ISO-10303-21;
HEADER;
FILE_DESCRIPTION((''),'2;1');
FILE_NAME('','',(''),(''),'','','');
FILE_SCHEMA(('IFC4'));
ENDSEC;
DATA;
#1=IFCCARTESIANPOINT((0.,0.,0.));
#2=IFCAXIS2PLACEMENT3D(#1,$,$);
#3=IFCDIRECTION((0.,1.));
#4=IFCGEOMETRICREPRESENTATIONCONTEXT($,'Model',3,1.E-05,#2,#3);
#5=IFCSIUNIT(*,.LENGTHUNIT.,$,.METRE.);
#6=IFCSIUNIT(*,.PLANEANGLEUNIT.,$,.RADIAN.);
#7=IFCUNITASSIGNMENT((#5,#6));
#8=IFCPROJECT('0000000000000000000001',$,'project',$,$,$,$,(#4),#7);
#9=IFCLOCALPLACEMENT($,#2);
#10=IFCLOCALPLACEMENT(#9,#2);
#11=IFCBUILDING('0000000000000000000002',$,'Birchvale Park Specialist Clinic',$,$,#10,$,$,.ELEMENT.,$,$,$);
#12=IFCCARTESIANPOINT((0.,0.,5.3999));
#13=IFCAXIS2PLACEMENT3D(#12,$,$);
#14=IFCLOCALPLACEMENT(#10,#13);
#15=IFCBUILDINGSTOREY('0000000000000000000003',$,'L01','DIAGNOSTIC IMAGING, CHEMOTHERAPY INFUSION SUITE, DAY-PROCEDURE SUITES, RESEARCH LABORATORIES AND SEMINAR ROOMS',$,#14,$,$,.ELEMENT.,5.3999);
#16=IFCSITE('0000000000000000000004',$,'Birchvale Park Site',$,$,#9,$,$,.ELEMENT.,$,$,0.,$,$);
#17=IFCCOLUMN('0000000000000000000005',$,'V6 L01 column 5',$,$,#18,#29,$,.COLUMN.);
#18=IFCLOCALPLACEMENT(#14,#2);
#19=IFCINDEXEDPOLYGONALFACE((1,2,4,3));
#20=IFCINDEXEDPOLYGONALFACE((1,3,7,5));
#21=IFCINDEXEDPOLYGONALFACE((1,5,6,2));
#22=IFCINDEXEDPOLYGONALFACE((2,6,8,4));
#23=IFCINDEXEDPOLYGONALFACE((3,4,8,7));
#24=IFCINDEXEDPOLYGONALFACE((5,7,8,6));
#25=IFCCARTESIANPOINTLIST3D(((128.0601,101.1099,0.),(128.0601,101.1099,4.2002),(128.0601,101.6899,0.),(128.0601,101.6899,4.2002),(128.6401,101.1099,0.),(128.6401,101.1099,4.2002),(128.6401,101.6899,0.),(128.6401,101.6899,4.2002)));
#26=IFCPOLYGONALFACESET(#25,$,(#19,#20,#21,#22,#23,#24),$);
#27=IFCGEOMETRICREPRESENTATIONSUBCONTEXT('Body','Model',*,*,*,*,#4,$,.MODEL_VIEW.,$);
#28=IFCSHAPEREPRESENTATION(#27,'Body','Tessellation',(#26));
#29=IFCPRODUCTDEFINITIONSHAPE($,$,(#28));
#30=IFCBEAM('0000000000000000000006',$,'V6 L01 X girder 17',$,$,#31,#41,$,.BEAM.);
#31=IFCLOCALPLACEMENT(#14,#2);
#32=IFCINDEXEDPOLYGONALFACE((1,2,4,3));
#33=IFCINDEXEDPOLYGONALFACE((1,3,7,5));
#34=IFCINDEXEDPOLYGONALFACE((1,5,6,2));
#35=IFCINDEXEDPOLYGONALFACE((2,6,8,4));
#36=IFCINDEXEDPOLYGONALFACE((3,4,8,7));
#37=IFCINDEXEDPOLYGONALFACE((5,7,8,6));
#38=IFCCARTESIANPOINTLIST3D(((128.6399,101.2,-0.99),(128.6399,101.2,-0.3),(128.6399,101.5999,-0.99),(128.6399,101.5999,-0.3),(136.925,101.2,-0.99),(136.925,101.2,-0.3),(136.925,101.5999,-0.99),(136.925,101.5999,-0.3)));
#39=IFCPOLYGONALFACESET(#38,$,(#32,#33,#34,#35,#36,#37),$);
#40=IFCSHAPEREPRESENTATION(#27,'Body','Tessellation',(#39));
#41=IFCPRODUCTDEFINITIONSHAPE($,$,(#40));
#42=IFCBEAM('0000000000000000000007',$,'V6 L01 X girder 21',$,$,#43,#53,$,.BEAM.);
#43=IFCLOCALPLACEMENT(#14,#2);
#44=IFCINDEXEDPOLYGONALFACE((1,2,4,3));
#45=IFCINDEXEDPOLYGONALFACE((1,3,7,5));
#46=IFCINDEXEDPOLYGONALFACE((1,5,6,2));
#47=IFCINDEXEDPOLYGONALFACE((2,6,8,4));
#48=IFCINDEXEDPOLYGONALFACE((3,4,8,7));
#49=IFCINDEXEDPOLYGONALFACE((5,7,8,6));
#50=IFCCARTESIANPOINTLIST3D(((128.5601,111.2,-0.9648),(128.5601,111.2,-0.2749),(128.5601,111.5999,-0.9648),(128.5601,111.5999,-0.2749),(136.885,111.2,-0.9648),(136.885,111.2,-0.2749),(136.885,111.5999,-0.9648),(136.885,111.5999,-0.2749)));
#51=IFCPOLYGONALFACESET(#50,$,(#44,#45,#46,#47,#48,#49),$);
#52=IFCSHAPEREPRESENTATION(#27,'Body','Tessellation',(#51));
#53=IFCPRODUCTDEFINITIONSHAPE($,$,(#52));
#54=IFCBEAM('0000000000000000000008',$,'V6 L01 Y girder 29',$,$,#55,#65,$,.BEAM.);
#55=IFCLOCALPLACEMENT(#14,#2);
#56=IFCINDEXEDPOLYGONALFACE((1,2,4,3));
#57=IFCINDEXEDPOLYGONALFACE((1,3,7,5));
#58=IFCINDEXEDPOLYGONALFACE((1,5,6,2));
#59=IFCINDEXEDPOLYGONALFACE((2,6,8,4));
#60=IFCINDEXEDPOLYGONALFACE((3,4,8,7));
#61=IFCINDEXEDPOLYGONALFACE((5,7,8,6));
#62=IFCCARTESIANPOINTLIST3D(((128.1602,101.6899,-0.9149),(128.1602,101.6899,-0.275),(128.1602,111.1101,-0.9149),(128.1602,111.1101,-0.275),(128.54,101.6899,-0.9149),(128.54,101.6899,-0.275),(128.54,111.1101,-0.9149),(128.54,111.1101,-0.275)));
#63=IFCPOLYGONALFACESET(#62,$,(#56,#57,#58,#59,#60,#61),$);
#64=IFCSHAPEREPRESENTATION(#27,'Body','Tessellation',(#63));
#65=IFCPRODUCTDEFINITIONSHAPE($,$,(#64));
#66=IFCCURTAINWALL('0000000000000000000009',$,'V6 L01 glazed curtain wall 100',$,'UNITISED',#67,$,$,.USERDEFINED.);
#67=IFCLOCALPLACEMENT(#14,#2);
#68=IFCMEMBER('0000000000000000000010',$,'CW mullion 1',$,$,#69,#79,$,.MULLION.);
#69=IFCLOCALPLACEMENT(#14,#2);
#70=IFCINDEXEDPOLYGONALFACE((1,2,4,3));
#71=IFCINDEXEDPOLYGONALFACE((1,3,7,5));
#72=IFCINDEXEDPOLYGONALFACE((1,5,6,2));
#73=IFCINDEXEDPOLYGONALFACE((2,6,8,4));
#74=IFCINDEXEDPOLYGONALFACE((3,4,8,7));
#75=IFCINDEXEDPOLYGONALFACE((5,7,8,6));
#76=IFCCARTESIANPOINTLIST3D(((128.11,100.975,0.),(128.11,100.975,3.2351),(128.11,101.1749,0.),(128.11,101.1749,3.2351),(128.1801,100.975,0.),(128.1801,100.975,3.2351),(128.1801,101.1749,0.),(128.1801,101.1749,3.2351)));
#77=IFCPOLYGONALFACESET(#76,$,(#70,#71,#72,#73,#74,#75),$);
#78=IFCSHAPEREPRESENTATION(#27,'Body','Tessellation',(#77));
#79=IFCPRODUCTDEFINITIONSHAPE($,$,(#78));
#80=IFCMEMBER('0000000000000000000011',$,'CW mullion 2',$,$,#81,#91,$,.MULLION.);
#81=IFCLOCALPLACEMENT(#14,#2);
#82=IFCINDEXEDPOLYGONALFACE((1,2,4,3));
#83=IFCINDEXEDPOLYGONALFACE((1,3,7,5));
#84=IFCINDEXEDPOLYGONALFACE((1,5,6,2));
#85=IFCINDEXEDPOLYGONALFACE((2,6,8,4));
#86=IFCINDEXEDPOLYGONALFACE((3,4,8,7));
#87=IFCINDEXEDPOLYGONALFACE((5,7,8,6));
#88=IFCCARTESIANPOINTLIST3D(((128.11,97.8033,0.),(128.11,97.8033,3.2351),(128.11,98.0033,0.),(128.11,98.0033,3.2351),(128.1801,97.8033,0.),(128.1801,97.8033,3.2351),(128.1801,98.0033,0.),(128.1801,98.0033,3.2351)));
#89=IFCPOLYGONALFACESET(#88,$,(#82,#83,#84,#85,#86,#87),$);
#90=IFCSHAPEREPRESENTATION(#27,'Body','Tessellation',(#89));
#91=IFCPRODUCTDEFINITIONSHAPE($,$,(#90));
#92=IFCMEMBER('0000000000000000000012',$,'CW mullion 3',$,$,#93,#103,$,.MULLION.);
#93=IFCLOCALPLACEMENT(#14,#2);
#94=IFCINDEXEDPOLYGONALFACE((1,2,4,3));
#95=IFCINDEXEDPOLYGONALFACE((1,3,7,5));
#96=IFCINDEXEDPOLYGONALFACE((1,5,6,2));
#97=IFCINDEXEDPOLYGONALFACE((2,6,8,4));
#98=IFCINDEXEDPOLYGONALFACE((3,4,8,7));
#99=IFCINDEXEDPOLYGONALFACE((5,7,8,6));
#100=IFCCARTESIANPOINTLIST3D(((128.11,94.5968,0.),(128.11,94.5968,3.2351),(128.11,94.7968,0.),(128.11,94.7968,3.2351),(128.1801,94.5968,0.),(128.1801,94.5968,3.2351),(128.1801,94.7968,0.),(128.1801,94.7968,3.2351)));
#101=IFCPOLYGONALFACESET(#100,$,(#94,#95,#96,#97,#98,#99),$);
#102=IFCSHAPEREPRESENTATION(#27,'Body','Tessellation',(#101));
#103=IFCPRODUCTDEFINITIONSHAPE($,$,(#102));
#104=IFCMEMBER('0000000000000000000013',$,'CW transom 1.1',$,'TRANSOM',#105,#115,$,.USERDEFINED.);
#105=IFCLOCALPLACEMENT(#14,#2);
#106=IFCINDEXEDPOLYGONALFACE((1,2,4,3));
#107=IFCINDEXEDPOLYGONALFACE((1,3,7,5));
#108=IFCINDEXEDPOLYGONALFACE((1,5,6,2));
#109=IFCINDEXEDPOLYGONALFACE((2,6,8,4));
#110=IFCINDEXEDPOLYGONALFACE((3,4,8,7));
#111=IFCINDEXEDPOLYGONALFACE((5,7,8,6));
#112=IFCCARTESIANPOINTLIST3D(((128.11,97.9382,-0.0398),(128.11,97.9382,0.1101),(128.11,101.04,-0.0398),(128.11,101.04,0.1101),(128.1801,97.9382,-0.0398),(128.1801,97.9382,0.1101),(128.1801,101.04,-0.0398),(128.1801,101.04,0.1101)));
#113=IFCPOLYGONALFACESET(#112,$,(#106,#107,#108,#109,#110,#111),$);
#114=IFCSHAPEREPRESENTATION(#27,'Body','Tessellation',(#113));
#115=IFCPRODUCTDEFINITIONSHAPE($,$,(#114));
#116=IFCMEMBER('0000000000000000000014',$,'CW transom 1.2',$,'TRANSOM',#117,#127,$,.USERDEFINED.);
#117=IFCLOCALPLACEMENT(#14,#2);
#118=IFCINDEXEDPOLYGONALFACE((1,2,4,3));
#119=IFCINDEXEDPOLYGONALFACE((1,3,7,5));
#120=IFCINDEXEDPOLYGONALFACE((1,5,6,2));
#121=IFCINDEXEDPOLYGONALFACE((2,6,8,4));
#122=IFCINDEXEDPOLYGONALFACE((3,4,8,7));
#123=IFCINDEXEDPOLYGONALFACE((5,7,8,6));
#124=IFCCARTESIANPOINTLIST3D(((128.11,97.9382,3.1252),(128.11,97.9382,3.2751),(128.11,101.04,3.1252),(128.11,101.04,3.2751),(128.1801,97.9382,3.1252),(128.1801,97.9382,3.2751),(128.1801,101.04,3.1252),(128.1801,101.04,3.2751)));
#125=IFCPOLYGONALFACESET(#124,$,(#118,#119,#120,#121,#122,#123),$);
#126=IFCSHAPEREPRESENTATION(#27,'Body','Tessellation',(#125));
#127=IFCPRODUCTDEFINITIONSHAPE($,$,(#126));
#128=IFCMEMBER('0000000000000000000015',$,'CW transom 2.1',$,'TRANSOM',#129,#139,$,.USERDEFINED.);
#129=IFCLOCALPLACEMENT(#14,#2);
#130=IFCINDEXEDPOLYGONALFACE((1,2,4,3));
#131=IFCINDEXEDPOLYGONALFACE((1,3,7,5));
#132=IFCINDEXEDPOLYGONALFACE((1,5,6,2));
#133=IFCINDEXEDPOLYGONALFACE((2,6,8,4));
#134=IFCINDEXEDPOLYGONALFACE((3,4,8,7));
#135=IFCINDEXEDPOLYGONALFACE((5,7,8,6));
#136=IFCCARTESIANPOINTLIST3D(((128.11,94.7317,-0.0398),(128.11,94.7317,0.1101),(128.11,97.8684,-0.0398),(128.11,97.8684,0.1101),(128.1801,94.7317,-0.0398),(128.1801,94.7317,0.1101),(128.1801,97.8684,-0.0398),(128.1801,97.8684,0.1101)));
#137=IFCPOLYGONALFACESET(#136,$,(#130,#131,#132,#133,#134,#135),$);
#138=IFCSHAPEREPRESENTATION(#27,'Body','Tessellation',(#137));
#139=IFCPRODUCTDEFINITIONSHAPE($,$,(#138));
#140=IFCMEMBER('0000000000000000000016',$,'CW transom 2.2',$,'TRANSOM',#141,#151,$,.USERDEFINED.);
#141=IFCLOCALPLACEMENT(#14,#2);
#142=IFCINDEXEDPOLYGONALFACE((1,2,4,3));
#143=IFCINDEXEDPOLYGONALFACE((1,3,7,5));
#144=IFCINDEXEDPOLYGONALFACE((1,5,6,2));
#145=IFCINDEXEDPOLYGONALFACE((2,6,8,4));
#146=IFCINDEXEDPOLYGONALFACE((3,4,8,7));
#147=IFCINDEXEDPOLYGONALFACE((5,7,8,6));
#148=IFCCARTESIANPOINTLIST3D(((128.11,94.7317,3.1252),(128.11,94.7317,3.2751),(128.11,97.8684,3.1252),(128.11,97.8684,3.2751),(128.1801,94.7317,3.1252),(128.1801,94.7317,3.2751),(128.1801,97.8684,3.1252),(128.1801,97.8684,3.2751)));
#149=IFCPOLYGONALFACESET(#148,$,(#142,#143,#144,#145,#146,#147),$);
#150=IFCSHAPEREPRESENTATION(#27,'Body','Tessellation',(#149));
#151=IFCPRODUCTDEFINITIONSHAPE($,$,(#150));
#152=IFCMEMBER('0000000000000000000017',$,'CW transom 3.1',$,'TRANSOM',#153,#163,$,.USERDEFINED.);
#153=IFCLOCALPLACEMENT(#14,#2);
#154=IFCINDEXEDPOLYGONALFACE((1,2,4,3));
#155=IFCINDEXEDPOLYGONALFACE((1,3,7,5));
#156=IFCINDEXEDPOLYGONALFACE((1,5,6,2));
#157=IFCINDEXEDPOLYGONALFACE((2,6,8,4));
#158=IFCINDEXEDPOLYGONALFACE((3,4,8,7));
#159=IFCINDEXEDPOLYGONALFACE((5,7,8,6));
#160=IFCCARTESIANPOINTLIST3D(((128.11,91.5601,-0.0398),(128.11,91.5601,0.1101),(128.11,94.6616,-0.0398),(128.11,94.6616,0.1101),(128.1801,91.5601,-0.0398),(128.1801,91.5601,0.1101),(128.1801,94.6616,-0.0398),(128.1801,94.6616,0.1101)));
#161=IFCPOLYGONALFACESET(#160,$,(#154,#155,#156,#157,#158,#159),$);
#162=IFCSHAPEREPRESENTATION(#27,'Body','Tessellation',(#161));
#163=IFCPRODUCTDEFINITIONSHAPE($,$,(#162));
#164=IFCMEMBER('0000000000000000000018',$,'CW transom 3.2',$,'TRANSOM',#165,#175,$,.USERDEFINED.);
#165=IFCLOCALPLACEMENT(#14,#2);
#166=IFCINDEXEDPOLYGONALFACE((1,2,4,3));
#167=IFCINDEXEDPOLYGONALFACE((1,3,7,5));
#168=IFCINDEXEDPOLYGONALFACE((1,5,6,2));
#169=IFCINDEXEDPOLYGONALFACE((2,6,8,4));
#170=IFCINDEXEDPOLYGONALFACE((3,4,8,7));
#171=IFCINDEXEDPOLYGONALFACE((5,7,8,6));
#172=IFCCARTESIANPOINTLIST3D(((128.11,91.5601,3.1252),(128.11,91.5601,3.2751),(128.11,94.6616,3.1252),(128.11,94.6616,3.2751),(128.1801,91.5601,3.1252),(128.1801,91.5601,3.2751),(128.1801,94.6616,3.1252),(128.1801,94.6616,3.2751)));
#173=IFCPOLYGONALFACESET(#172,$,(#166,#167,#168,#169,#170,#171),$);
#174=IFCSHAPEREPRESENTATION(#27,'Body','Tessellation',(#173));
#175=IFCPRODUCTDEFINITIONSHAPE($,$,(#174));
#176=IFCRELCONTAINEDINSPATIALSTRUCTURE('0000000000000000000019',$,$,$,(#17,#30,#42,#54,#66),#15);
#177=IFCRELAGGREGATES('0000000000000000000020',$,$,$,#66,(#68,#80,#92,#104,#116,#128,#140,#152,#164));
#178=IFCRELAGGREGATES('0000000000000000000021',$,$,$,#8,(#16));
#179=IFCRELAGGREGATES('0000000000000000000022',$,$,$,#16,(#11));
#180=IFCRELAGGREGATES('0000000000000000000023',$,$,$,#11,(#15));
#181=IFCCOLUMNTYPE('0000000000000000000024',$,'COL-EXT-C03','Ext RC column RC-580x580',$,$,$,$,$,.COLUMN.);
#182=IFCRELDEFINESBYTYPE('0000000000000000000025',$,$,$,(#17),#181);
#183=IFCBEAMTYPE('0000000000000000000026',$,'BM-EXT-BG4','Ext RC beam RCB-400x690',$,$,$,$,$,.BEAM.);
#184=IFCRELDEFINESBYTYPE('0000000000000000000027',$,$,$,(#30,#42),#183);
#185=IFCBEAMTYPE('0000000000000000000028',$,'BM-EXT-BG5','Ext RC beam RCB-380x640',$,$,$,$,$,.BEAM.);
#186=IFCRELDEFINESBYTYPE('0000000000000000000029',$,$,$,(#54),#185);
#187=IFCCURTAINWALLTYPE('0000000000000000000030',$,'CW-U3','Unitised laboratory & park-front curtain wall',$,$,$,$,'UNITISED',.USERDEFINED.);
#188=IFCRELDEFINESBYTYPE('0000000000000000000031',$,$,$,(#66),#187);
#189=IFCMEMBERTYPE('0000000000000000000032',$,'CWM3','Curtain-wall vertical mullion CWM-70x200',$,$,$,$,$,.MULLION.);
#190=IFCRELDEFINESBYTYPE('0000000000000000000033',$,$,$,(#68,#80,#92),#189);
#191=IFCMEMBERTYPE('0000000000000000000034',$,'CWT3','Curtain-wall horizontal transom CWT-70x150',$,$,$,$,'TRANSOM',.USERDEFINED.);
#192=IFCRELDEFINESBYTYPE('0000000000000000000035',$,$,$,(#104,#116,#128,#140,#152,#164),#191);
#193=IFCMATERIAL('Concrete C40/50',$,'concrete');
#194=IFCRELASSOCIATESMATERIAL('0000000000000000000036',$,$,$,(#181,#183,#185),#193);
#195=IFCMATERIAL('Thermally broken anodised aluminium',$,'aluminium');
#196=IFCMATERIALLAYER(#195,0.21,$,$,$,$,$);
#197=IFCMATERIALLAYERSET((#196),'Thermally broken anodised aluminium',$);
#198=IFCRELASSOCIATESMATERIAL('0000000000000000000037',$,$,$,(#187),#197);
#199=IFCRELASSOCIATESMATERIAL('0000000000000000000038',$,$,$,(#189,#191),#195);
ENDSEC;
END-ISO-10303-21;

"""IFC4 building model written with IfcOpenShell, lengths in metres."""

from ifc_helpers import new_model, si_unit, direction, frame, origin, origin_2d, place, context, subcontext, project, spatial, rectangle, extrude, material, layer, layer_set, material_profile, profile_set, type_object, element, aggregate, save


model = new_model("IFC4")

# Units and contexts
model_context = context("Model", 3, precision=1e-05, world=origin(), true_north=direction((0.0, 1.0)))
body_context = subcontext(model_context, "Body", "Model", "MODEL_VIEW")
ifc_project = project(units=[si_unit("LENGTHUNIT", "METRE"), si_unit("PLANEANGLEUNIT", "RADIAN")], contexts=[model_context])

# Site, building, storey
site_placement = place(None, origin())
site = spatial("IfcSite", under=ifc_project, at=site_placement, Name="Birchvale Park Site", CompositionType="ELEMENT", RefElevation=0.0)
building_placement = place(site_placement, origin())
building = spatial("IfcBuilding", under=site, at=building_placement, Name="Birchvale Park Specialist Clinic", CompositionType="ELEMENT")
storey_placement = place(building_placement, frame((0.0, 0.0, 5.3999)))
storey = spatial("IfcBuildingStorey", under=building, at=storey_placement, Name="L01", Description="DIAGNOSTIC IMAGING, CHEMOTHERAPY INFUSION SUITE, DAY-PROCEDURE SUITES, RESEARCH LABORATORIES AND SEMINAR ROOMS", CompositionType="ELEMENT", Elevation=5.3999)

# Column
ifc_material_1 = material(Name="Concrete C40/50", Category="concrete")
ifc_material_profile_1 = material_profile(ifc_material_1, rectangle(XDim=0.5801, YDim=0.5801, at=origin_2d()), Name="RC-580x580")
ifc_profile_set_1 = profile_set([ifc_material_profile_1], Name="Concrete C40/50")
column_type = type_object("IfcColumnType", Name="COL-EXT-C03", Description="Ext RC column RC-580x580", PredefinedType="COLUMN", material=ifc_profile_set_1)
column_placement = place(storey_placement, frame((128.3501, 101.3999, 0.0), z_axis=(0.0, 0.0, 1.0), x_axis=(1.0, 0.0, 0.0)))
element("IfcColumn", 1, at=column_placement, inside=storey, type_object=column_type, Name="V6 L01 column 5", PredefinedType="COLUMN", context=body_context, shape_type="SweptSolid", body=[
    extrude(rectangle(XDim=0.5801, YDim=0.5801, at=origin_2d()), origin(), (0.0, 0.0, 1.0), 4.2002),
])

# Beams
ifc_material_profile_2 = material_profile(ifc_material_1, rectangle(XDim=0.3999, YDim=0.6899, at=origin_2d()), Name="RCB-400x690")
ifc_profile_set_2 = profile_set([ifc_material_profile_2], Name="Concrete C40/50")
beam_type_1 = type_object("IfcBeamType", Name="BM-EXT-BG4", Description="Ext RC beam RCB-400x690", PredefinedType="BEAM", material=ifc_profile_set_2)
beam_1_placement = place(storey_placement, frame((128.6399, 101.3999, -0.645), z_axis=(1.0, 0.0, 0.0), x_axis=(0.0, 1.0, 0.0)))
element("IfcBeam", 2, at=beam_1_placement, inside=storey, type_object=beam_type_1, Name="V6 L01 X girder 17", PredefinedType="BEAM", context=body_context, shape_type="SweptSolid", body=[
    extrude(rectangle(XDim=0.3999, YDim=0.6899, at=origin_2d()), origin(), (0.0, 0.0, 1.0), 8.2852),
])
beam_2_placement = place(storey_placement, frame((128.5601, 111.3999, -0.6199), z_axis=(1.0, 0.0, 0.0), x_axis=(0.0, 1.0, 0.0)))
element("IfcBeam", 3, at=beam_2_placement, inside=storey, type_object=beam_type_1, Name="V6 L01 X girder 21", PredefinedType="BEAM", context=body_context, shape_type="SweptSolid", body=[
    extrude(rectangle(XDim=0.3999, YDim=0.6899, at=origin_2d()), origin(), (0.0, 0.0, 1.0), 8.325),
])
ifc_material_profile_3 = material_profile(ifc_material_1, rectangle(XDim=0.3799, YDim=0.6399, at=origin_2d()), Name="RCB-380x640")
ifc_profile_set_3 = profile_set([ifc_material_profile_3], Name="Concrete C40/50")
beam_type_2 = type_object("IfcBeamType", Name="BM-EXT-BG5", Description="Ext RC beam RCB-380x640", PredefinedType="BEAM", material=ifc_profile_set_3)
beam_3_placement = place(storey_placement, frame((128.3501, 101.6899, -0.595), z_axis=(0.0, 1.0, 0.0), x_axis=(-1.0, 0.0, 0.0)))
element("IfcBeam", 4, at=beam_3_placement, inside=storey, type_object=beam_type_2, Name="V6 L01 Y girder 29", PredefinedType="BEAM", context=body_context, shape_type="SweptSolid", body=[
    extrude(rectangle(XDim=0.3799, YDim=0.6399, at=origin_2d()), origin(), (0.0, 0.0, 1.0), 9.4202),
])

# Curtain wall, members
ifc_material_2 = material(Name="Thermally broken anodised aluminium", Category="aluminium")
ifc_layer_1 = layer(ifc_material_2, 0.21)
ifc_layer_set_1 = layer_set([ifc_layer_1], Name="Thermally broken anodised aluminium")
curtain_wall_type = type_object("IfcCurtainWallType", Name="CW-U3", Description="Unitised laboratory & park-front curtain wall", ElementType="UNITISED", PredefinedType="USERDEFINED", material=ifc_layer_set_1)
curtain_wall_placement = place(storey_placement, origin())
curtain_wall = element("IfcCurtainWall", 5, at=curtain_wall_placement, inside=storey, type_object=curtain_wall_type, Name="V6 L01 glazed curtain wall 100", ObjectType="UNITISED", PredefinedType="USERDEFINED")
ifc_material_profile_4 = material_profile(ifc_material_2, rectangle(XDim=0.0701, YDim=0.2, at=origin_2d()), Name="CWM-70x200")
ifc_profile_set_4 = profile_set([ifc_material_profile_4], Name="Thermally broken anodised aluminium")
member_type_1 = type_object("IfcMemberType", Name="CWM3", Description="Curtain-wall vertical mullion CWM-70x200", PredefinedType="MULLION", material=ifc_profile_set_4)
member_1_placement = place(storey_placement, frame((128.145, 101.075, 0.0), z_axis=(0.0, 0.0, 1.0), x_axis=(1.0, 0.0, 0.0)))
member_1 = element("IfcMember", 6, at=member_1_placement, type_object=member_type_1, Name="CW mullion 1", PredefinedType="MULLION", context=body_context, shape_type="SweptSolid", body=[
    extrude(rectangle(XDim=0.0701, YDim=0.2, at=origin_2d()), origin(), (0.0, 0.0, 1.0), 3.2351),
])
member_2_placement = place(storey_placement, frame((128.145, 97.9033, 0.0), z_axis=(0.0, 0.0, 1.0), x_axis=(1.0, 0.0, 0.0)))
member_2 = element("IfcMember", 7, at=member_2_placement, type_object=member_type_1, Name="CW mullion 2", PredefinedType="MULLION", context=body_context, shape_type="SweptSolid", body=[
    extrude(rectangle(XDim=0.0701, YDim=0.2, at=origin_2d()), origin(), (0.0, 0.0, 1.0), 3.2351),
])
member_3_placement = place(storey_placement, frame((128.145, 94.6968, 0.0), z_axis=(0.0, 0.0, 1.0), x_axis=(1.0, 0.0, 0.0)))
member_3 = element("IfcMember", 8, at=member_3_placement, type_object=member_type_1, Name="CW mullion 3", PredefinedType="MULLION", context=body_context, shape_type="SweptSolid", body=[
    extrude(rectangle(XDim=0.0701, YDim=0.2, at=origin_2d()), origin(), (0.0, 0.0, 1.0), 3.2351),
])
ifc_material_profile_5 = material_profile(ifc_material_2, rectangle(XDim=0.0701, YDim=0.1499, at=origin_2d()), Name="CWT-70x150")
ifc_profile_set_5 = profile_set([ifc_material_profile_5], Name="Thermally broken anodised aluminium")
member_type_2 = type_object("IfcMemberType", Name="CWT3", Description="Curtain-wall horizontal transom CWT-70x150", ElementType="TRANSOM", PredefinedType="USERDEFINED", material=ifc_profile_set_5)
member_4_placement = place(storey_placement, frame((128.145, 101.04, 0.0352), z_axis=(0.0, -1.0, 0.0), x_axis=(1.0, 0.0, 0.0)))
member_4 = element("IfcMember", 9, at=member_4_placement, type_object=member_type_2, Name="CW transom 1.1", ObjectType="TRANSOM", PredefinedType="USERDEFINED", context=body_context, shape_type="SweptSolid", body=[
    extrude(rectangle(XDim=0.0701, YDim=0.1499, at=origin_2d()), origin(), (0.0, 0.0, 1.0), 3.1018),
])
member_5_placement = place(storey_placement, frame((128.145, 101.04, 3.2002), z_axis=(0.0, -1.0, 0.0), x_axis=(1.0, 0.0, 0.0)))
member_5 = element("IfcMember", 10, at=member_5_placement, type_object=member_type_2, Name="CW transom 1.2", ObjectType="TRANSOM", PredefinedType="USERDEFINED", context=body_context, shape_type="SweptSolid", body=[
    extrude(rectangle(XDim=0.0701, YDim=0.1499, at=origin_2d()), origin(), (0.0, 0.0, 1.0), 3.1018),
])
member_6_placement = place(storey_placement, frame((128.145, 97.8684, 0.0352), z_axis=(0.0, -1.0, 0.0), x_axis=(1.0, 0.0, 0.0)))
member_6 = element("IfcMember", 11, at=member_6_placement, type_object=member_type_2, Name="CW transom 2.1", ObjectType="TRANSOM", PredefinedType="USERDEFINED", context=body_context, shape_type="SweptSolid", body=[
    extrude(rectangle(XDim=0.0701, YDim=0.1499, at=origin_2d()), origin(), (0.0, 0.0, 1.0), 3.1367),
])
member_7_placement = place(storey_placement, frame((128.145, 97.8684, 3.2002), z_axis=(0.0, -1.0, 0.0), x_axis=(1.0, 0.0, 0.0)))
member_7 = element("IfcMember", 12, at=member_7_placement, type_object=member_type_2, Name="CW transom 2.2", ObjectType="TRANSOM", PredefinedType="USERDEFINED", context=body_context, shape_type="SweptSolid", body=[
    extrude(rectangle(XDim=0.0701, YDim=0.1499, at=origin_2d()), origin(), (0.0, 0.0, 1.0), 3.1367),
])
member_8_placement = place(storey_placement, frame((128.145, 94.6616, 0.0352), z_axis=(0.0, -1.0, 0.0), x_axis=(1.0, 0.0, 0.0)))
member_8 = element("IfcMember", 13, at=member_8_placement, type_object=member_type_2, Name="CW transom 3.1", ObjectType="TRANSOM", PredefinedType="USERDEFINED", context=body_context, shape_type="SweptSolid", body=[
    extrude(rectangle(XDim=0.0701, YDim=0.1499, at=origin_2d()), origin(), (0.0, 0.0, 1.0), 3.1016),
])
member_9_placement = place(storey_placement, frame((128.145, 94.6616, 3.2002), z_axis=(0.0, -1.0, 0.0), x_axis=(1.0, 0.0, 0.0)))
member_9 = element("IfcMember", 14, at=member_9_placement, type_object=member_type_2, Name="CW transom 3.2", ObjectType="TRANSOM", PredefinedType="USERDEFINED", context=body_context, shape_type="SweptSolid", body=[
    extrude(rectangle(XDim=0.0701, YDim=0.1499, at=origin_2d()), origin(), (0.0, 0.0, 1.0), 3.1016),
])

aggregate(curtain_wall, [member_1, member_2, member_3, member_4, member_5, member_6, member_7, member_8, member_9])

save(model, "model.ifc")
